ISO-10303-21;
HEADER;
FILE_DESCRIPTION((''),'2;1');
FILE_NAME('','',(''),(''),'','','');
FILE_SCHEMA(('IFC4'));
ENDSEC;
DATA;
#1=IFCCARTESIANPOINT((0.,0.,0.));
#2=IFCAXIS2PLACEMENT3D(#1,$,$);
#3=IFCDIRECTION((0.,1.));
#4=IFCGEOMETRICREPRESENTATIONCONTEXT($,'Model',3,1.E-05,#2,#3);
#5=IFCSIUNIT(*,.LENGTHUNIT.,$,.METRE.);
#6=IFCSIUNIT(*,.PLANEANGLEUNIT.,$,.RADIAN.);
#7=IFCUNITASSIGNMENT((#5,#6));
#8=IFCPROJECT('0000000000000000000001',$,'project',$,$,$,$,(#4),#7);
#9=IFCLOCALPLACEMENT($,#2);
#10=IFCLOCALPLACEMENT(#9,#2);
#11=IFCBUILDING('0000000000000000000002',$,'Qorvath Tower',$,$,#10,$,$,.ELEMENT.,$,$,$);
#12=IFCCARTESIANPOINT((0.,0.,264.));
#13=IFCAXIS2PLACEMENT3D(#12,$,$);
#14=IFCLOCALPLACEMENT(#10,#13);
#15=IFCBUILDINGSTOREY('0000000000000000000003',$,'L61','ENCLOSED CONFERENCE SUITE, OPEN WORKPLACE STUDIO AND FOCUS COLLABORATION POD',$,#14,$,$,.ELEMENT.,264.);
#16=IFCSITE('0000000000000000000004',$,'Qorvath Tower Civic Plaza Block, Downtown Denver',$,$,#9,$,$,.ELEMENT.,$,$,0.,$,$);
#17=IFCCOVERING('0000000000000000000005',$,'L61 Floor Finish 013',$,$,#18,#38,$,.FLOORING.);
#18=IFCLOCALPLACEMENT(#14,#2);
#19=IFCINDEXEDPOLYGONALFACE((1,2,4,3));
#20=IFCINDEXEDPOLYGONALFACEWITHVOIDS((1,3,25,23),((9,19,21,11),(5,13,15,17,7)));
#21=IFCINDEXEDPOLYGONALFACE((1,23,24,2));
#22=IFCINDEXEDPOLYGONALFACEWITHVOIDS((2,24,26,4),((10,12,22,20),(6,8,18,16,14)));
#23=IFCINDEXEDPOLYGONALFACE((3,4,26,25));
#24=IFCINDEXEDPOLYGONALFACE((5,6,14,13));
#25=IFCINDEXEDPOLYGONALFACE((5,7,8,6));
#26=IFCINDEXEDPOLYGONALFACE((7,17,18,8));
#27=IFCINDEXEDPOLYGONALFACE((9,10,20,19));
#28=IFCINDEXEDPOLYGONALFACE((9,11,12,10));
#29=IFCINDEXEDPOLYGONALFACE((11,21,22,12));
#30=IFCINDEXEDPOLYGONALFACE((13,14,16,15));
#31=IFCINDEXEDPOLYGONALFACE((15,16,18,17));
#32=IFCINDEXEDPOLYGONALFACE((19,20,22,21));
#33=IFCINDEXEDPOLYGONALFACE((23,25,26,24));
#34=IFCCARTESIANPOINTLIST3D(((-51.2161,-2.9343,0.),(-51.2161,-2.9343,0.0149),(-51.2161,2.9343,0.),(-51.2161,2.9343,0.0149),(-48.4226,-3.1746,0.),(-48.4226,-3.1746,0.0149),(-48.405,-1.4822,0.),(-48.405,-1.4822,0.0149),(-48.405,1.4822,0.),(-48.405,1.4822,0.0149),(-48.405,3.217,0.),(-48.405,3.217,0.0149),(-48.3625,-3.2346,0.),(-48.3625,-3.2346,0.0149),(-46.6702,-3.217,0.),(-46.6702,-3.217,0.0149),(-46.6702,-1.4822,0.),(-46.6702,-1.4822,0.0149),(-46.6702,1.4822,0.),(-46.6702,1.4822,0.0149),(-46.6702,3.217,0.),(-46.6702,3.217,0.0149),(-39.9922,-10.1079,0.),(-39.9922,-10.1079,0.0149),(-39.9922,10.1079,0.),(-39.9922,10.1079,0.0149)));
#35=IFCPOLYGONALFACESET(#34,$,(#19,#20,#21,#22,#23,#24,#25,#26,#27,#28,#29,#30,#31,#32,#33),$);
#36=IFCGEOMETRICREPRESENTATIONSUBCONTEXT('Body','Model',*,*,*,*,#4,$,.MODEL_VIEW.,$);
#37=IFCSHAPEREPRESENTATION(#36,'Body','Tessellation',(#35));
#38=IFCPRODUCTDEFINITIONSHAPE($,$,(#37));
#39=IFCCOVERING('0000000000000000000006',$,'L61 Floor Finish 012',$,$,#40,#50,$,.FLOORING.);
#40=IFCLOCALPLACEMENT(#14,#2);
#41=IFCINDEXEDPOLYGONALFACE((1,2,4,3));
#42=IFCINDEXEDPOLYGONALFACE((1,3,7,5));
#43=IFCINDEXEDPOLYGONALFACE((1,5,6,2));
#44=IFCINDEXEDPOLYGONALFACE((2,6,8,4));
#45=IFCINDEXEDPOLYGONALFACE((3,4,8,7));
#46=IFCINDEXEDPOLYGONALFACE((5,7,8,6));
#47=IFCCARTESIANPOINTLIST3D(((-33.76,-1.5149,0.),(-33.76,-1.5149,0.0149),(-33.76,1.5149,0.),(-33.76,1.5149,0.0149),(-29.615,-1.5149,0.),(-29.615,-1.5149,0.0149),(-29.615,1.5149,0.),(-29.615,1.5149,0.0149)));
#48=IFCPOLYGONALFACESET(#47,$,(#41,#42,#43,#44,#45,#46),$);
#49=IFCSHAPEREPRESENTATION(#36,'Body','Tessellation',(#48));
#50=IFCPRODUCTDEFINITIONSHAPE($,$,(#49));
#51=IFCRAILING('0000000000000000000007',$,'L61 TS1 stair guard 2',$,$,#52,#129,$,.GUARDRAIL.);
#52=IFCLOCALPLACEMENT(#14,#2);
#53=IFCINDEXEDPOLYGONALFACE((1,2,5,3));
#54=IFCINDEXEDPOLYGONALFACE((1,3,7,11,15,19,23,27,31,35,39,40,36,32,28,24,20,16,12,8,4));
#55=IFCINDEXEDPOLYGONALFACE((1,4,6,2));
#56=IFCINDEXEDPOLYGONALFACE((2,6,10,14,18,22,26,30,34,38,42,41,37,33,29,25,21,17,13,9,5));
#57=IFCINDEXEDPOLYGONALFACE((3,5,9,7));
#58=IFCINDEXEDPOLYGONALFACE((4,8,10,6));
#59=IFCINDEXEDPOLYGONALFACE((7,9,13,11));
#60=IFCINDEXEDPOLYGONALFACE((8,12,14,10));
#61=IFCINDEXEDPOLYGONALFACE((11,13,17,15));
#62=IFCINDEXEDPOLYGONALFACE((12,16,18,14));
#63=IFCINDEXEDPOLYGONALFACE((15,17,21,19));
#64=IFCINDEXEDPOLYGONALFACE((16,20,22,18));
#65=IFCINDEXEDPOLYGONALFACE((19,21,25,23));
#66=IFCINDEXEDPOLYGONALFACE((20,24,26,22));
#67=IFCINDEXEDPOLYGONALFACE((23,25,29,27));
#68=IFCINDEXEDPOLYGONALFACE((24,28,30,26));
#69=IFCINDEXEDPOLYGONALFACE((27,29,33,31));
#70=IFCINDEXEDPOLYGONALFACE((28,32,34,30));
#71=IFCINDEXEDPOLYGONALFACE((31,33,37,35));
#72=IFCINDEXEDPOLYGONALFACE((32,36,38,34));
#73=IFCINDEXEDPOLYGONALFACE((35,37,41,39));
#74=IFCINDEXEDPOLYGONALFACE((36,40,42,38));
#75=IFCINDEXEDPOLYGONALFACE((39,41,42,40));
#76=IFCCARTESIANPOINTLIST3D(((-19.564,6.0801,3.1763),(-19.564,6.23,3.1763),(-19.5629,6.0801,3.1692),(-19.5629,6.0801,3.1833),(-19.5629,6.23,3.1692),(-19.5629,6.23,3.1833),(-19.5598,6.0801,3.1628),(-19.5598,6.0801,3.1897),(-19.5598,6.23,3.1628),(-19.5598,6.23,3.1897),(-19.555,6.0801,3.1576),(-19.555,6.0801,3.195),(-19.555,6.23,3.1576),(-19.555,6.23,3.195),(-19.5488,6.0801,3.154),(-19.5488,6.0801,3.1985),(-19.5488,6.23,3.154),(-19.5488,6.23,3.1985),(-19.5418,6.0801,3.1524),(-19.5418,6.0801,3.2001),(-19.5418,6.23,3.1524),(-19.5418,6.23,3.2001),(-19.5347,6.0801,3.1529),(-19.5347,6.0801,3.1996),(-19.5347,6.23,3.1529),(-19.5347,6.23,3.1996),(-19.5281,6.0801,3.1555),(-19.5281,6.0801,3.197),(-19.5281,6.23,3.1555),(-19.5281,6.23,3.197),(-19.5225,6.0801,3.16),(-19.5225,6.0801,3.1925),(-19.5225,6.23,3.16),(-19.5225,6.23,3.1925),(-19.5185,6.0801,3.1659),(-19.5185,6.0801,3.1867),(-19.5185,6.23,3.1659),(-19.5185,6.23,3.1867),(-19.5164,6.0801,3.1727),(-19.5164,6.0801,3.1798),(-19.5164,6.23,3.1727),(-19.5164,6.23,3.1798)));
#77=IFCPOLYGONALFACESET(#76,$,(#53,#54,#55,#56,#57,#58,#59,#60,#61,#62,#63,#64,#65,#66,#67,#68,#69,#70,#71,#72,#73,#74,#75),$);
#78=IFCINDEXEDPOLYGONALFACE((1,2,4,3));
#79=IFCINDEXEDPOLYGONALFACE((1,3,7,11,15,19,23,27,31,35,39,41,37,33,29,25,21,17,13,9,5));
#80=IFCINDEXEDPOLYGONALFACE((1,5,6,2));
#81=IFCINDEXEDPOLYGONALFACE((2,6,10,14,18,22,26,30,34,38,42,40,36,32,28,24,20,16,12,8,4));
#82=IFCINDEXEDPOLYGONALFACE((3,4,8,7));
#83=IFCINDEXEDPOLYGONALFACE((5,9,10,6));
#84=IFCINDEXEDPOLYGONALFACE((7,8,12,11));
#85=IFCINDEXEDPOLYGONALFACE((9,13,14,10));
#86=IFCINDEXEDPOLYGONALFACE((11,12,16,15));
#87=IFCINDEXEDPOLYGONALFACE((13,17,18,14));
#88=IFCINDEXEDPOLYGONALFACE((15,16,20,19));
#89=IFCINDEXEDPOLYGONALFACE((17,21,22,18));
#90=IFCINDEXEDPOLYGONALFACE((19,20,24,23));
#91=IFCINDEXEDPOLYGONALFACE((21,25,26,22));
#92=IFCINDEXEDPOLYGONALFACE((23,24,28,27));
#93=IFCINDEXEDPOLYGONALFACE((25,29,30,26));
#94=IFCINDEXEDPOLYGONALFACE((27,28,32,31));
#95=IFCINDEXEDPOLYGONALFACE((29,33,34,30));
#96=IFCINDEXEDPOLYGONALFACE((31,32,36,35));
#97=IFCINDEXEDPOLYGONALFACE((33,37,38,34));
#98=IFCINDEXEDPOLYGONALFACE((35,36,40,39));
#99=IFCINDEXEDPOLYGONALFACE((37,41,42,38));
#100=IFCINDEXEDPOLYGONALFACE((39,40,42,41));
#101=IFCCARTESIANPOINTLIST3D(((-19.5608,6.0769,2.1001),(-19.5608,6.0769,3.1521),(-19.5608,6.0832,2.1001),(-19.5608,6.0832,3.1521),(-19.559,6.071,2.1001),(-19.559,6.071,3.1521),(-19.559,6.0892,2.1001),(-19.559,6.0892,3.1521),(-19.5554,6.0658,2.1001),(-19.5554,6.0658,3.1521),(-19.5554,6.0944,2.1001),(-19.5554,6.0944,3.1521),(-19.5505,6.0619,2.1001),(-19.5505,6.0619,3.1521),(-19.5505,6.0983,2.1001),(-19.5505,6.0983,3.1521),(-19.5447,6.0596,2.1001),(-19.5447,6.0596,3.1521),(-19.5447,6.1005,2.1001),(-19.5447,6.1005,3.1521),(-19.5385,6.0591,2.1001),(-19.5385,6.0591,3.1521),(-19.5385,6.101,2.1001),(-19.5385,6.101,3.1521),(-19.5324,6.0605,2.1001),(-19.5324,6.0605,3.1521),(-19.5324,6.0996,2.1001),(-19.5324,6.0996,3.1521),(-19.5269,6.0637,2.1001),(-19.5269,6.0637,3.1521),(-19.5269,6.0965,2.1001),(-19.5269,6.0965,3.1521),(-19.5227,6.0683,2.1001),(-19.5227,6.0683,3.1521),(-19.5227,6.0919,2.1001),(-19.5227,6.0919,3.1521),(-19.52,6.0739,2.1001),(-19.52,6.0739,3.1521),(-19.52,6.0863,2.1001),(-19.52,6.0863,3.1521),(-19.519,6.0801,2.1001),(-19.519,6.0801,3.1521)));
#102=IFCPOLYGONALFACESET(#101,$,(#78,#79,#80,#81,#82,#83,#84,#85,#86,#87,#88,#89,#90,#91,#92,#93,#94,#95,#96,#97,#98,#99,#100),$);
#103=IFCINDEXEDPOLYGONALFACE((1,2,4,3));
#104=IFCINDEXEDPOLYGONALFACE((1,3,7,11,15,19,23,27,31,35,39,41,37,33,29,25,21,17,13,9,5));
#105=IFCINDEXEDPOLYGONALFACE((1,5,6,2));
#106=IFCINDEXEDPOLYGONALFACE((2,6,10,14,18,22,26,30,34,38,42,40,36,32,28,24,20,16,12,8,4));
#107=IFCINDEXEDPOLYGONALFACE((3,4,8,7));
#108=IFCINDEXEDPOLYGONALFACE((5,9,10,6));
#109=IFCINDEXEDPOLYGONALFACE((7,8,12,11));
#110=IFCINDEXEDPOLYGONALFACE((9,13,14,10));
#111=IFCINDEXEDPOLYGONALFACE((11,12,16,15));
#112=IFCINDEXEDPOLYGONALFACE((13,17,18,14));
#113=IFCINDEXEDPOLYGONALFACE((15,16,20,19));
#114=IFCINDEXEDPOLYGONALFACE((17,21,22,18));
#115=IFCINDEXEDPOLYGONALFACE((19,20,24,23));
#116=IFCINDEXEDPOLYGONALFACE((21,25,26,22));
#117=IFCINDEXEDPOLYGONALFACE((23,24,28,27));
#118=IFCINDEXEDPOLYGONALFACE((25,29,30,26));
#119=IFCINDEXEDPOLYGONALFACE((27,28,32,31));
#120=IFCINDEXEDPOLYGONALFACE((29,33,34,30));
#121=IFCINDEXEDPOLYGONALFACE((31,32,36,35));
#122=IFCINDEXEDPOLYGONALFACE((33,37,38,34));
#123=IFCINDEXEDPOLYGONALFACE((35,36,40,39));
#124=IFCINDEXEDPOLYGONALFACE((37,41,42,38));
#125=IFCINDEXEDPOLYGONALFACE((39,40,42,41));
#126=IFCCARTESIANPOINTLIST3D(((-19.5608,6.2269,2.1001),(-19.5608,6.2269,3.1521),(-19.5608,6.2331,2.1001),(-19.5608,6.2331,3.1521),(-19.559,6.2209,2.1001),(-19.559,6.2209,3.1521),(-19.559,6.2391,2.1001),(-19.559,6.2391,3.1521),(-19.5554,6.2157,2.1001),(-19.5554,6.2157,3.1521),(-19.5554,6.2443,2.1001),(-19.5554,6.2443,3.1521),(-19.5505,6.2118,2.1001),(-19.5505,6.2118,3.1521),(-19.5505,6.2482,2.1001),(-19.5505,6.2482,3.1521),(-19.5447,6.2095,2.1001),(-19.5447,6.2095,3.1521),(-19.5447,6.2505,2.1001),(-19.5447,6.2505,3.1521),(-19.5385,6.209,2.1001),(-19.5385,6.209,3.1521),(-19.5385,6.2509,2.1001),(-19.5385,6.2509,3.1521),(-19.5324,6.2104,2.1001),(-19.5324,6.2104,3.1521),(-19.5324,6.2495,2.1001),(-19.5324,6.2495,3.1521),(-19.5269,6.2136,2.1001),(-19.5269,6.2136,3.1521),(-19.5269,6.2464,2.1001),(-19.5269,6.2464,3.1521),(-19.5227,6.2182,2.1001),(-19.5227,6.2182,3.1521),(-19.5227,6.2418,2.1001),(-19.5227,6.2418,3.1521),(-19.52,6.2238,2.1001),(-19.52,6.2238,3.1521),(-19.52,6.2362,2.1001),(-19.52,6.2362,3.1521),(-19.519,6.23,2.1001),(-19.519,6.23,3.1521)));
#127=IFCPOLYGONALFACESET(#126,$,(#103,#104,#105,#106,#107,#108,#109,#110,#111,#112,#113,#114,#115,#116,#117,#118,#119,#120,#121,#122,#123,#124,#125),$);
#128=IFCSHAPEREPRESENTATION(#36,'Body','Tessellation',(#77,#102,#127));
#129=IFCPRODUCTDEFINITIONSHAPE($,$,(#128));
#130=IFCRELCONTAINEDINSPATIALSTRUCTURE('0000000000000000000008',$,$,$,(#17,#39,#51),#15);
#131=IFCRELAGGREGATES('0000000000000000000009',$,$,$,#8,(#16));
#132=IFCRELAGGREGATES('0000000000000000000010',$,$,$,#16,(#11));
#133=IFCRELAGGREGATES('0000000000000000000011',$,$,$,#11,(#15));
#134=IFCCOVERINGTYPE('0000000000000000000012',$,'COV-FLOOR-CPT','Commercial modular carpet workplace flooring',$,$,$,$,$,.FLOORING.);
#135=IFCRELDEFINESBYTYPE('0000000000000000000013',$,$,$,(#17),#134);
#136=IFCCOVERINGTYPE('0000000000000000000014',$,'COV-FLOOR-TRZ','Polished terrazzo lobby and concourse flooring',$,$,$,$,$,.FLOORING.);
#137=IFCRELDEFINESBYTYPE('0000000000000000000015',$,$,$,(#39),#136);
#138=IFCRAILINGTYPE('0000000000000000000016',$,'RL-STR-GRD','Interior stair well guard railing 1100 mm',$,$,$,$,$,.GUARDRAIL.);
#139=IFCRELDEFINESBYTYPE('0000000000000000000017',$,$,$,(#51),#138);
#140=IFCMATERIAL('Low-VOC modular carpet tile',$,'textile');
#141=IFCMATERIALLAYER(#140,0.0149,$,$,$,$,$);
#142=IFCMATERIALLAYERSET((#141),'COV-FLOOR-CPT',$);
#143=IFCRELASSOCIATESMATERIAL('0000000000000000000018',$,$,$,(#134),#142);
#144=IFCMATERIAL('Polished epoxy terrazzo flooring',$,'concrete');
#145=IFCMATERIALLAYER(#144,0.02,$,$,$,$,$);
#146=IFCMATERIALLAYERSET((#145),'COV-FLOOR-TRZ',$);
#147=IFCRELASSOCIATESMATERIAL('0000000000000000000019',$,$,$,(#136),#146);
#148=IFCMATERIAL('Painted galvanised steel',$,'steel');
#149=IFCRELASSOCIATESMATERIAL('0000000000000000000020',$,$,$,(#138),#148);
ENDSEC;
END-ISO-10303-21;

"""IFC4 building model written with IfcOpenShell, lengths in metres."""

from ifc_helpers import new_model, si_unit, direction, frame, origin, origin_2d, place, context, subcontext, project, spatial, polyline, circle, outline, extrude, material, layer, layer_set, type_object, element, save


model = new_model("IFC4")

# Units and contexts
model_context = context("Model", 3, precision=1e-05, world=origin(), true_north=direction((0.0, 1.0)))
body_context = subcontext(model_context, "Body", "Model", "MODEL_VIEW")
ifc_project = project(units=[si_unit("LENGTHUNIT", "METRE"), si_unit("PLANEANGLEUNIT", "RADIAN")], contexts=[model_context])

# Site, building, storey
site_placement = place(None, origin())
site = spatial("IfcSite", under=ifc_project, at=site_placement, Name="Qorvath Tower Civic Plaza Block, Downtown Denver", CompositionType="ELEMENT", RefElevation=0.0)
building_placement = place(site_placement, origin())
building = spatial("IfcBuilding", under=site, at=building_placement, Name="Qorvath Tower", CompositionType="ELEMENT")
storey_placement = place(building_placement, frame((0.0, 0.0, 264.0)))
storey = spatial("IfcBuildingStorey", under=building, at=storey_placement, Name="L61", Description="ENCLOSED CONFERENCE SUITE, OPEN WORKPLACE STUDIO AND FOCUS COLLABORATION POD", CompositionType="ELEMENT", Elevation=264.0)

# Coverings
ifc_material_1 = material(Name="Low-VOC modular carpet tile", Category="textile")
ifc_layer_1 = layer(ifc_material_1, 0.0149)
ifc_layer_set_1 = layer_set([ifc_layer_1], Name="COV-FLOOR-CPT")
covering_type_1 = type_object("IfcCoveringType", Name="COV-FLOOR-CPT", Description="Commercial modular carpet workplace flooring", PredefinedType="FLOORING", material=ifc_layer_set_1)
covering_1_placement = place(storey_placement, origin())
element("IfcCovering", 1, at=covering_1_placement, inside=storey, type_object=covering_type_1, Name="L61 Floor Finish 013", PredefinedType="FLOORING", context=body_context, shape_type="SweptSolid", body=[
    extrude(outline(polyline([(-51.2161, -2.9343), (-39.9922, -10.1079), (-39.9922, 10.1079), (-51.2161, 2.9343), (-51.2161, -2.9343)]), holes=[polyline([(-48.4226, -3.1746), (-48.405, -1.4822), (-46.6702, -1.4822), (-46.6702, -3.217), (-48.3625, -3.2346), (-48.4226, -3.1746)]), polyline([(-48.405, 1.4822), (-48.405, 3.217), (-46.6702, 3.217), (-46.6702, 1.4822), (-48.405, 1.4822)])]), origin(), (0.0, 0.0, 1.0), 0.0149),
])
ifc_material_2 = material(Name="Polished epoxy terrazzo flooring", Category="concrete")
ifc_layer_2 = layer(ifc_material_2, 0.02)
ifc_layer_set_2 = layer_set([ifc_layer_2], Name="COV-FLOOR-TRZ")
covering_type_2 = type_object("IfcCoveringType", Name="COV-FLOOR-TRZ", Description="Polished terrazzo lobby and concourse flooring", PredefinedType="FLOORING", material=ifc_layer_set_2)
covering_2_placement = place(storey_placement, origin())
element("IfcCovering", 2, at=covering_2_placement, inside=storey, type_object=covering_type_2, Name="L61 Floor Finish 012", PredefinedType="FLOORING", context=body_context, shape_type="SweptSolid", body=[
    extrude(outline(polyline([(-29.615, -1.5149), (-29.615, 1.5149), (-33.76, 1.5149), (-33.76, -1.5149), (-29.615, -1.5149)])), origin(), (0.0, 0.0, 1.0), 0.0149),
])

# Railing
ifc_material_3 = material(Name="Painted galvanised steel", Category="steel")
railing_type_1 = type_object("IfcRailingType", Name="RL-STR-GRD", Description="Interior stair well guard railing 1100 mm", PredefinedType="GUARDRAIL", material=ifc_material_3)
railing_1_placement = place(storey_placement, frame((-19.54, 6.0801, 2.1001)))
element("IfcRailing", 3, at=railing_1_placement, inside=storey, type_object=railing_type_1, Name="L61 TS1 stair guard 2", PredefinedType="GUARDRAIL", context=body_context, shape_type="SweptSolid", body=[
    extrude(circle(Radius=0.0239, at=origin_2d()), frame((0.0, 0.0, 1.0762), z_axis=(0.0, 1.0, 0.0), x_axis=(-1.0, 0.0, 0.0)), (0.0, 0.0, 1.0), 0.1499),
    extrude(circle(Radius=0.021, at=origin_2d()), origin(), (0.0, 0.0, 1.0), 1.052),
    extrude(circle(Radius=0.021, at=origin_2d()), frame((0.0, 0.1499, 0.0)), (0.0, 0.0, 1.0), 1.052),
])

save(model, "model.ifc")
